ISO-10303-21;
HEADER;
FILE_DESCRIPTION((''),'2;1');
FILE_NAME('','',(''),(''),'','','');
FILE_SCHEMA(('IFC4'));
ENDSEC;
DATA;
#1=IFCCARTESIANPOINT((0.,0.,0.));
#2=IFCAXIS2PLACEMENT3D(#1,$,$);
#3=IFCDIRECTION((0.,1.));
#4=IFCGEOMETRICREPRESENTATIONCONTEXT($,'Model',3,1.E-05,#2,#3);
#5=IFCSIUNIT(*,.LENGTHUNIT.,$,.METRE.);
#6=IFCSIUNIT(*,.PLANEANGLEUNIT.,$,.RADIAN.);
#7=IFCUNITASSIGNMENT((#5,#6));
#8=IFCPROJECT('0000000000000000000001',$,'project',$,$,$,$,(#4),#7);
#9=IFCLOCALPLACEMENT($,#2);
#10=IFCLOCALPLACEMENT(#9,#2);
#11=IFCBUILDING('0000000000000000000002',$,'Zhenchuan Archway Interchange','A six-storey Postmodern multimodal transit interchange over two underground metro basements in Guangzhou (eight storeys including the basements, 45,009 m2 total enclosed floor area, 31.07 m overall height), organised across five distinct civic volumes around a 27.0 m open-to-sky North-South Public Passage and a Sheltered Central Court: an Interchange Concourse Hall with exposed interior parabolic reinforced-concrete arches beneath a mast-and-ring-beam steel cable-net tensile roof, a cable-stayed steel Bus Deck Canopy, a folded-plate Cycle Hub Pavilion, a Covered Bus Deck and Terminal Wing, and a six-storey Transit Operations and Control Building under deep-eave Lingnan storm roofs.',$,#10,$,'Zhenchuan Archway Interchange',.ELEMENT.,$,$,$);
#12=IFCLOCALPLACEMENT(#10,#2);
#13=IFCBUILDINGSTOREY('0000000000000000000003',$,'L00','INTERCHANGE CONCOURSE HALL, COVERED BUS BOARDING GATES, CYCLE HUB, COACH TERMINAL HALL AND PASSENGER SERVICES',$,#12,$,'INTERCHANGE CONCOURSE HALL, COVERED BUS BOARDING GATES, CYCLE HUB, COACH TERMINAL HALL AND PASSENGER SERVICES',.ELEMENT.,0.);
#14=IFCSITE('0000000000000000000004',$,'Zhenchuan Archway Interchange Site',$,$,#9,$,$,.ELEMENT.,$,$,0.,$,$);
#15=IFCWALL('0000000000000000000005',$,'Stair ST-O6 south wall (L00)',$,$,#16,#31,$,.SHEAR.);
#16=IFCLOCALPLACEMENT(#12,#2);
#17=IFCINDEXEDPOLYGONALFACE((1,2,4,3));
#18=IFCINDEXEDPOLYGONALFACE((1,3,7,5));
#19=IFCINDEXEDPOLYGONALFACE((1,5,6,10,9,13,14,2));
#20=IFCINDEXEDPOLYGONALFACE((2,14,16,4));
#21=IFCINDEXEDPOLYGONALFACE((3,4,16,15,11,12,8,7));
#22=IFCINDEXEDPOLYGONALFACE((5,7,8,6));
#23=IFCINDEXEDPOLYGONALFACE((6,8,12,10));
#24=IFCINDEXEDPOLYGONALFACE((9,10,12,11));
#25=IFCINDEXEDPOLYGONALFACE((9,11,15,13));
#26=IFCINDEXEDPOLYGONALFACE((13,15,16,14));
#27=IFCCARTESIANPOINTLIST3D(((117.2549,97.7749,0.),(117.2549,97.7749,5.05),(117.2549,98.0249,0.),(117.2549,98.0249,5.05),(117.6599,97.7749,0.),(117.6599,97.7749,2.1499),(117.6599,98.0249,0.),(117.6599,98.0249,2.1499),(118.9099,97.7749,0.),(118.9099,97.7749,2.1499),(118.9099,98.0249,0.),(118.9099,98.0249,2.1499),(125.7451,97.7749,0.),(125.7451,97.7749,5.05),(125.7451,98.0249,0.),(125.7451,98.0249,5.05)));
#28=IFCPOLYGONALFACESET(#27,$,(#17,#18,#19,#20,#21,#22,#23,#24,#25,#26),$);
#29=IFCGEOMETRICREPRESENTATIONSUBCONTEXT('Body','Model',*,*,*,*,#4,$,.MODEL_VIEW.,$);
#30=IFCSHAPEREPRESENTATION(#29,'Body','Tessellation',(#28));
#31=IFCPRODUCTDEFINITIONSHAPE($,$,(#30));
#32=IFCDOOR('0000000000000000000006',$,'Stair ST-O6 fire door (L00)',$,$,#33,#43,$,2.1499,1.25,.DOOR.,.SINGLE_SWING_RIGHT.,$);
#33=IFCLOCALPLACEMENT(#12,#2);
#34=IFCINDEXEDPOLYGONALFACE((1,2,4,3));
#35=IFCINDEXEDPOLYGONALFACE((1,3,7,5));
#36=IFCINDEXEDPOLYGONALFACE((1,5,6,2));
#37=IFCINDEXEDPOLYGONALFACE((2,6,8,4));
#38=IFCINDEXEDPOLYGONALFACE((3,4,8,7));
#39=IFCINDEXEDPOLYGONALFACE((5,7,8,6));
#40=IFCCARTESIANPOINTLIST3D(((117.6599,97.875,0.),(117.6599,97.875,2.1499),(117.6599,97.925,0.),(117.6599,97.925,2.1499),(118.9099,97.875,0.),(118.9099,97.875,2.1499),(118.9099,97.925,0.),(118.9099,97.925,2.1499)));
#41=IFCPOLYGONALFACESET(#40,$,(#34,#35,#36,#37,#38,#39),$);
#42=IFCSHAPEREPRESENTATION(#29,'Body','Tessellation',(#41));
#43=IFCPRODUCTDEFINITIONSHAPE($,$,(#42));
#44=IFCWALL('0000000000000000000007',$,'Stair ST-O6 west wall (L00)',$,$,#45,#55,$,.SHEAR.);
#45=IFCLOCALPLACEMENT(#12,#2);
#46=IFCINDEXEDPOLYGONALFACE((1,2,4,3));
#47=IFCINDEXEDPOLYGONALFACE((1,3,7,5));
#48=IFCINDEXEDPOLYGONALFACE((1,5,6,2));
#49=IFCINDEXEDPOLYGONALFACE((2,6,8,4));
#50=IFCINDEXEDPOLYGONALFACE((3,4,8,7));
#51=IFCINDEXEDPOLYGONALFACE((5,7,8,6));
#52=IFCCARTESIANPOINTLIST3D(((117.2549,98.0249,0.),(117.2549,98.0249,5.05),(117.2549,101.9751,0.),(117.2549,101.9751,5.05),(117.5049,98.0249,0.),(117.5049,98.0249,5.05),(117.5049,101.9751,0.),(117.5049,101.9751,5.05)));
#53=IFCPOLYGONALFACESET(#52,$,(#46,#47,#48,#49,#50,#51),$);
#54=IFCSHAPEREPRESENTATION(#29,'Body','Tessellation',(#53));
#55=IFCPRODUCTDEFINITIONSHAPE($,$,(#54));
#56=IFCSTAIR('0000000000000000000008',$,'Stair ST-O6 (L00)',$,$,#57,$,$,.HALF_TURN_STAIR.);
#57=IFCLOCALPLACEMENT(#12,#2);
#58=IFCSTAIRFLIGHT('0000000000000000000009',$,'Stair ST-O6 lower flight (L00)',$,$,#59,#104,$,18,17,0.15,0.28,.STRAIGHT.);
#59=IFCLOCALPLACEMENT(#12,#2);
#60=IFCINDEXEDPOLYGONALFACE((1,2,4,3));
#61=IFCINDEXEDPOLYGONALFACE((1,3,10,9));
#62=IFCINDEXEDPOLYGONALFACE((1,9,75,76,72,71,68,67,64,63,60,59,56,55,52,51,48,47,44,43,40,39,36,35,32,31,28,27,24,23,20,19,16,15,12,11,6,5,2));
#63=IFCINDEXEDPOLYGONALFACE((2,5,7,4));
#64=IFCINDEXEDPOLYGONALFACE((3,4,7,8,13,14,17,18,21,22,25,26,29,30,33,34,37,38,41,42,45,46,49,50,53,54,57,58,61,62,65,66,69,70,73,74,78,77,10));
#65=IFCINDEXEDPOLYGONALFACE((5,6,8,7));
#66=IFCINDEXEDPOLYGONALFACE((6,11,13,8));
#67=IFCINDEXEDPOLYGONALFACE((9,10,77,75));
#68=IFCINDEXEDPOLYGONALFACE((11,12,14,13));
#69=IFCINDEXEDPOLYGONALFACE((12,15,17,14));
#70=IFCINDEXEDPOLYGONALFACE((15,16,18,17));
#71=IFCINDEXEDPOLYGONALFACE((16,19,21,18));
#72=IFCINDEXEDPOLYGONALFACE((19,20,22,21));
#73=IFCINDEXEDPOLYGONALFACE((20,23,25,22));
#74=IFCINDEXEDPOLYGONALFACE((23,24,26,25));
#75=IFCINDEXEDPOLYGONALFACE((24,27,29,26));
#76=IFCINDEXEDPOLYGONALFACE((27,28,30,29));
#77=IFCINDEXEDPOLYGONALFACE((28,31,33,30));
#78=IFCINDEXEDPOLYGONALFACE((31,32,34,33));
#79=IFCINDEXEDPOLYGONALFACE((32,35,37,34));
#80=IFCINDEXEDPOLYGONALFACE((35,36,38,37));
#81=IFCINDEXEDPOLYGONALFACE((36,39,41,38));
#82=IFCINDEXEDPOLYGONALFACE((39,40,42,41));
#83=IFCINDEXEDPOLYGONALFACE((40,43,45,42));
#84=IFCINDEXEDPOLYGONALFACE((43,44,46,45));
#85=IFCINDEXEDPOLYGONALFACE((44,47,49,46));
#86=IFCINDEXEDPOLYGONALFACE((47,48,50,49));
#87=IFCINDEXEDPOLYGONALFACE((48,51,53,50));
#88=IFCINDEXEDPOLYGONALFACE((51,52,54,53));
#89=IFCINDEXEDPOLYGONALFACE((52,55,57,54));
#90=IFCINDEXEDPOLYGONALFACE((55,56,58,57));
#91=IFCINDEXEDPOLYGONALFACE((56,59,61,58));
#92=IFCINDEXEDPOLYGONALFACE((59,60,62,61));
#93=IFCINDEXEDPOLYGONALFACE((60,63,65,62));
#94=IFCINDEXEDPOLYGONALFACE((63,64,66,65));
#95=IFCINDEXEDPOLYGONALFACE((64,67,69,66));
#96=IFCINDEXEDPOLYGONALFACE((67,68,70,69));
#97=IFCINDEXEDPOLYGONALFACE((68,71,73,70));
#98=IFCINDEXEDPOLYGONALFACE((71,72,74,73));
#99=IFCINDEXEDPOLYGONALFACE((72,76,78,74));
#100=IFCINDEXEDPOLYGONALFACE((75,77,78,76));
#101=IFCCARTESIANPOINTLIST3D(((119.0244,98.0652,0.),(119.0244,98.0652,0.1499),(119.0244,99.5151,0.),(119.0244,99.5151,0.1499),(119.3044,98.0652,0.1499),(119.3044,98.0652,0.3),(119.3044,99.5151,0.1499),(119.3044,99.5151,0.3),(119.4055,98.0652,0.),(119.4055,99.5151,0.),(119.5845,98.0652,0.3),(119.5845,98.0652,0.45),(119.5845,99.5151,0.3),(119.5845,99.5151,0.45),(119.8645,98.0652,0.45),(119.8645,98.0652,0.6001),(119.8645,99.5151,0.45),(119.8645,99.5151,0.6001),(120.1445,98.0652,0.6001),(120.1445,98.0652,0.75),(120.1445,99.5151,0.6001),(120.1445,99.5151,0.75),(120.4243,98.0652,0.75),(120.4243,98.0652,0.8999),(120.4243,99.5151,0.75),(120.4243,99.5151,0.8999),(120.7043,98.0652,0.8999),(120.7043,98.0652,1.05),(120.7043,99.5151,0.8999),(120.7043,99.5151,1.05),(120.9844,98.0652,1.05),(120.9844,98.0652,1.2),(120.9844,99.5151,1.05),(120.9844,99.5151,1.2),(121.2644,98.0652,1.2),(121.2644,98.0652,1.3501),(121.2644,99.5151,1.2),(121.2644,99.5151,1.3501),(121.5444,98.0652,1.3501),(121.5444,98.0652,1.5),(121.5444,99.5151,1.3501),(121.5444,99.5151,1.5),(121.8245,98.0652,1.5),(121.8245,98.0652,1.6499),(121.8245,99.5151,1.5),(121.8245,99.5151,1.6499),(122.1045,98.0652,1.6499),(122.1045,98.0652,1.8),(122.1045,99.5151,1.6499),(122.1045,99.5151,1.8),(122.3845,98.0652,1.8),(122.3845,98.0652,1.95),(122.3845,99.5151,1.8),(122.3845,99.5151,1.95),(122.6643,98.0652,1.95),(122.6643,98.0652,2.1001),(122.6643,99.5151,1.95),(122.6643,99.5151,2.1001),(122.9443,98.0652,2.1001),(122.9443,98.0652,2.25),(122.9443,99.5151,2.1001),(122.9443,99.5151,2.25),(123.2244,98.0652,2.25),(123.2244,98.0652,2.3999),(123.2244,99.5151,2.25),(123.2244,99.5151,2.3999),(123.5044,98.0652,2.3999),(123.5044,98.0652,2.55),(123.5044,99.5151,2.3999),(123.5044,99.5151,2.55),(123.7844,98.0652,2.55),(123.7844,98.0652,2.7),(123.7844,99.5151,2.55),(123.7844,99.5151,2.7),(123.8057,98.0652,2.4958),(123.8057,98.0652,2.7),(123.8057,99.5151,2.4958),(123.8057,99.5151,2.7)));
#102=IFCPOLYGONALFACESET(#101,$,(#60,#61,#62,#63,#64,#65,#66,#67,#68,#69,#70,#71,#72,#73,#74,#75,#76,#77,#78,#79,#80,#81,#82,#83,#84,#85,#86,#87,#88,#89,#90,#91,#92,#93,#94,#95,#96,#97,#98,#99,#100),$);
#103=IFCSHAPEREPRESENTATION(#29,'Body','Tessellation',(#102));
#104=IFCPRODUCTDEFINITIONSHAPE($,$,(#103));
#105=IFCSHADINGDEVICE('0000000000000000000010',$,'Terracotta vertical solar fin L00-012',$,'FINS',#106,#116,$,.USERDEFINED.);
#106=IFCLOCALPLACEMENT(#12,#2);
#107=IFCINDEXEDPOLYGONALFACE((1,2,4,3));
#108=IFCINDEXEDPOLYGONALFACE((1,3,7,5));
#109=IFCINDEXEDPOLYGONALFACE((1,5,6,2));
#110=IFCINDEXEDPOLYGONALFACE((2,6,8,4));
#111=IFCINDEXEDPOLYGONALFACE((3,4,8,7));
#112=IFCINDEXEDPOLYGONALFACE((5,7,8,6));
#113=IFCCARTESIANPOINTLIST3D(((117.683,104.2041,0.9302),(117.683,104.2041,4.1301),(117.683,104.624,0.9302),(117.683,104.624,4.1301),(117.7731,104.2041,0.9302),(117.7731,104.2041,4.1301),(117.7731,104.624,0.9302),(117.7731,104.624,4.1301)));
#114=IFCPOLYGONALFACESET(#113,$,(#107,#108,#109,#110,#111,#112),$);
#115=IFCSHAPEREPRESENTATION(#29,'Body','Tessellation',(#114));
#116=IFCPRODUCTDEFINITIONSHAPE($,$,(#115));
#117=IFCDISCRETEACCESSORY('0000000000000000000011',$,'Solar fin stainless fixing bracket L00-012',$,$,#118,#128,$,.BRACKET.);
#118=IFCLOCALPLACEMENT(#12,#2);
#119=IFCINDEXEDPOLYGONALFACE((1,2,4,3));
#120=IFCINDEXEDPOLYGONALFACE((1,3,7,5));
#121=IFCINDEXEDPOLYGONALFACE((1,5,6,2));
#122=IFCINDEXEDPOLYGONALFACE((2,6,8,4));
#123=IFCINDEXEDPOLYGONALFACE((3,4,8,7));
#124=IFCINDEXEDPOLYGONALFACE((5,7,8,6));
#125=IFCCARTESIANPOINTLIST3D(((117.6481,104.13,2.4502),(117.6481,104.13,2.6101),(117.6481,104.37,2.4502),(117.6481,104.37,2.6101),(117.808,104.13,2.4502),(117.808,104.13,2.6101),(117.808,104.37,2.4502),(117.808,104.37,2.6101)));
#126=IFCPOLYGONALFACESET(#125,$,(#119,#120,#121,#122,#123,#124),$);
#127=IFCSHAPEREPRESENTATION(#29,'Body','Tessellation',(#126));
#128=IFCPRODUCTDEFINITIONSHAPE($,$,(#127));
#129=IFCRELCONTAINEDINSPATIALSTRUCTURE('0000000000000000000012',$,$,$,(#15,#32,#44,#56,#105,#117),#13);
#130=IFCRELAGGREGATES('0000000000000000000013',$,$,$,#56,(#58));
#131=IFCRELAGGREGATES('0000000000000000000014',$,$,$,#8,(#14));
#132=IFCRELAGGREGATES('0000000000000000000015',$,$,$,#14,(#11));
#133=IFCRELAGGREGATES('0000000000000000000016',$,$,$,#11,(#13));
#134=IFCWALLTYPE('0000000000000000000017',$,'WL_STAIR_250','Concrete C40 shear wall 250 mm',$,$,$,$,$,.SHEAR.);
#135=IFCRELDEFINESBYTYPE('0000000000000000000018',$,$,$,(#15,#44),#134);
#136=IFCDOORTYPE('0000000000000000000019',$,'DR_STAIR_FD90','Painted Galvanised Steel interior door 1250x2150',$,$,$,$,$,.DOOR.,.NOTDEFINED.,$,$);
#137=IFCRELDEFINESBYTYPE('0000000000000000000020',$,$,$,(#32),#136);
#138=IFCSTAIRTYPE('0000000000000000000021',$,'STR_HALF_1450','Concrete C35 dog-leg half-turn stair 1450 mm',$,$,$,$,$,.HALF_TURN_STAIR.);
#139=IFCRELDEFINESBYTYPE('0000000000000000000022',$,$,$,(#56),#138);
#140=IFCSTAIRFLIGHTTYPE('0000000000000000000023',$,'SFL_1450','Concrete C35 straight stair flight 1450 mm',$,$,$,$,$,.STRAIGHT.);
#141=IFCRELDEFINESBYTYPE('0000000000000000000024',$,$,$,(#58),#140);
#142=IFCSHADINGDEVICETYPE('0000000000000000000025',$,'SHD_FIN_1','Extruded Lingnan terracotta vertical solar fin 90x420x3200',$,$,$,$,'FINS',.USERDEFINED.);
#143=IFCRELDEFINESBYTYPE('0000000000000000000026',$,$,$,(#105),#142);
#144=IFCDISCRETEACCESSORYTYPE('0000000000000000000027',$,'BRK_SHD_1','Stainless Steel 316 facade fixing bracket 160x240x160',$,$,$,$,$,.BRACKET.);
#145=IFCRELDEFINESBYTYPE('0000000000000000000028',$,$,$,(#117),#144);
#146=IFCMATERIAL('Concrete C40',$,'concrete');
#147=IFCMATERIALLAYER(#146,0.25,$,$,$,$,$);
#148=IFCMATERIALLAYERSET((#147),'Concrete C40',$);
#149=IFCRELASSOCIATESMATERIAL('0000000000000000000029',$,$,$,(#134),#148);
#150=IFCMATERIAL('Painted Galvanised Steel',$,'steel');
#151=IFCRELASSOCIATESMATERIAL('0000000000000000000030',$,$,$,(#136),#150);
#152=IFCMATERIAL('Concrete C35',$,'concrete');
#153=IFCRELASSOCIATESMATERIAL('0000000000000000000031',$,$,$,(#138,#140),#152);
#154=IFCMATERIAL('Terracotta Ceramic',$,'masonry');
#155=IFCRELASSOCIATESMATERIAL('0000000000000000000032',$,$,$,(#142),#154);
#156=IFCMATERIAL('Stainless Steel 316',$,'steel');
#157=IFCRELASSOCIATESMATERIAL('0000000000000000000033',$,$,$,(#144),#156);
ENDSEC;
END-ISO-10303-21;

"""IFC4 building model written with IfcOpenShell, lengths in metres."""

from ifc_helpers import new_model, si_unit, direction, frame, frame_2d, origin, origin_2d, place, context, subcontext, project, spatial, polyline, rectangle, outline, extrude, material, layer, layer_set, type_object, element, fill, aggregate, save


model = new_model("IFC4")

# Units and contexts
model_context = context("Model", 3, precision=1e-05, world=origin(), true_north=direction((0.0, 1.0)))
body_context = subcontext(model_context, "Body", "Model", "MODEL_VIEW")
ifc_project = project(units=[si_unit("LENGTHUNIT", "METRE"), si_unit("PLANEANGLEUNIT", "RADIAN")], contexts=[model_context])

# Site, building, storey
site_placement = place(None, origin())
site = spatial("IfcSite", under=ifc_project, at=site_placement, Name="Zhenchuan Archway Interchange Site", CompositionType="ELEMENT", RefElevation=0.0)
building_placement = place(site_placement, origin())
building = spatial("IfcBuilding", under=site, at=building_placement, Name="Zhenchuan Archway Interchange", Description="A six-storey Postmodern multimodal transit interchange over two underground metro basements in Guangzhou (eight storeys including the basements, 45,009 m2 total enclosed floor area, 31.07 m overall height), organised across five distinct civic volumes around a 27.0 m open-to-sky North-South Public Passage and a Sheltered Central Court: an Interchange Concourse Hall with exposed interior parabolic reinforced-concrete arches beneath a mast-and-ring-beam steel cable-net tensile roof, a cable-stayed steel Bus Deck Canopy, a folded-plate Cycle Hub Pavilion, a Covered Bus Deck and Terminal Wing, and a six-storey Transit Operations and Control Building under deep-eave Lingnan storm roofs.", LongName="Zhenchuan Archway Interchange", CompositionType="ELEMENT")
storey_placement = place(building_placement, origin())
storey = spatial("IfcBuildingStorey", under=building, at=storey_placement, Name="L00", Description="INTERCHANGE CONCOURSE HALL, COVERED BUS BOARDING GATES, CYCLE HUB, COACH TERMINAL HALL AND PASSENGER SERVICES", LongName="INTERCHANGE CONCOURSE HALL, COVERED BUS BOARDING GATES, CYCLE HUB, COACH TERMINAL HALL AND PASSENGER SERVICES", CompositionType="ELEMENT", Elevation=0.0)

# Shared definitions
ifc_material_1 = material(Name="Concrete C40", Category="concrete")

# Shared definitions
ifc_material_2 = material(Name="Concrete C35", Category="concrete")

# Wall, opening, door
ifc_layer_1 = layer(ifc_material_1, 0.25)
ifc_layer_set_1 = layer_set([ifc_layer_1], Name="Concrete C40")
wall_type_1 = type_object("IfcWallType", Name="WL_STAIR_250", Description="Concrete C40 shear wall 250 mm", PredefinedType="SHEAR", material=ifc_layer_set_1)
wall_1_placement = place(storey_placement, frame((117.2549, 97.8999, 0.0), z_axis=(0.0, 0.0, 1.0), x_axis=(1.0, 0.0, 0.0)))
wall_1 = element("IfcWall", 1, at=wall_1_placement, inside=storey, type_object=wall_type_1, Name="Stair ST-O6 south wall (L00)", PredefinedType="SHEAR", context=body_context, shape_type="SweptSolid", body=[
    extrude(rectangle(XDim=8.4902, YDim=0.25, at=frame_2d((4.2451, 0.0))), origin(), (0.0, 0.0, 1.0), 5.05),
])
opening_1_placement = place(wall_1_placement, frame((0.405, 0.0, 0.0)))
opening_1 = element("IfcOpeningElement", 2, at=opening_1_placement, cuts=wall_1, PredefinedType="OPENING", context=body_context, shape_type="SweptSolid", body=[
    extrude(rectangle(XDim=1.25, YDim=2.1499, at=frame_2d((0.625, 1.075))), frame((0.0, 0.137, 0.0), z_axis=(0.0, -1.0, 0.0), x_axis=(1.0, 0.0, 0.0)), (0.0, 0.0, 1.0), 0.2739),
])
ifc_material_3 = material(Name="Painted Galvanised Steel", Category="steel")
door_type_1 = type_object("IfcDoorType", Name="DR_STAIR_FD90", Description="Painted Galvanised Steel interior door 1250x2150", OperationType="NOTDEFINED", PredefinedType="DOOR", material=ifc_material_3)
door_1_placement = place(opening_1_placement, frame((1.25, 0.0, 0.0), z_axis=(0.0, 0.0, 1.0), x_axis=(-1.0, 0.0, 0.0)))
door_1 = element("IfcDoor", 3, at=door_1_placement, inside=storey, type_object=door_type_1, Name="Stair ST-O6 fire door (L00)", OperationType="SINGLE_SWING_RIGHT", OverallHeight=2.1499, OverallWidth=1.25, PredefinedType="DOOR", context=body_context, shape_type="SweptSolid", body=[
    extrude(rectangle(XDim=1.25, YDim=2.1499, at=frame_2d((0.625, 1.075))), frame((0.0, 0.0249, 0.0), z_axis=(0.0, -1.0, 0.0), x_axis=(1.0, 0.0, 0.0)), (0.0, 0.0, 1.0), 0.05),
])
fill(opening_1, door_1)

# Wall
wall_2_placement = place(storey_placement, frame((117.3799, 101.9751, 0.0), z_axis=(0.0, 0.0, 1.0), x_axis=(0.0, -1.0, 0.0)))
element("IfcWall", 4, at=wall_2_placement, inside=storey, type_object=wall_type_1, Name="Stair ST-O6 west wall (L00)", PredefinedType="SHEAR", context=body_context, shape_type="SweptSolid", body=[
    extrude(rectangle(XDim=3.9502, YDim=0.25, at=frame_2d((1.9751, 0.0))), origin(), (0.0, 0.0, 1.0), 5.05),
])

# Stair, stair flight
stair_type = type_object("IfcStairType", Name="STR_HALF_1450", Description="Concrete C35 dog-leg half-turn stair 1450 mm", PredefinedType="HALF_TURN_STAIR", material=ifc_material_2)
stair_placement = place(storey_placement, origin())
stair = element("IfcStair", 5, at=stair_placement, inside=storey, type_object=stair_type, Name="Stair ST-O6 (L00)", PredefinedType="HALF_TURN_STAIR")
stair_flight_type = type_object("IfcStairFlightType", Name="SFL_1450", Description="Concrete C35 straight stair flight 1450 mm", PredefinedType="STRAIGHT", material=ifc_material_2)
stair_flight_placement = place(storey_placement, frame((119.0244, 98.79, 0.0), z_axis=(0.0, 0.0, 1.0), x_axis=(1.0, 0.0, 0.0)))
stair_flight = element("IfcStairFlight", 6, at=stair_flight_placement, type_object=stair_flight_type, Name="Stair ST-O6 lower flight (L00)", NumberOfRisers=18, NumberOfTreads=17, PredefinedType="STRAIGHT", RiserHeight=0.15, TreadLength=0.28, context=body_context, shape_type="SweptSolid", body=[
    extrude(outline(polyline([(0.0, 0.0), (0.0, 0.1499), (0.28, 0.1499), (0.28, 0.3), (0.5601, 0.3), (0.5601, 0.45), (0.8401, 0.45), (0.8401, 0.6001), (1.1201, 0.6001), (1.1201, 0.75), (1.3999, 0.75), (1.3999, 0.8999), (1.6799, 0.8999), (1.6799, 1.05), (1.96, 1.05), (1.96, 1.2), (2.24, 1.2), (2.24, 1.3501), (2.52, 1.3501), (2.52, 1.5), (2.8, 1.5), (2.8, 1.6499), (3.0801, 1.6499), (3.0801, 1.8), (3.3601, 1.8), (3.3601, 1.95), (3.6399, 1.95), (3.6399, 2.1001), (3.9199, 2.1001), (3.9199, 2.25), (4.2, 2.25), (4.2, 2.3999), (4.48, 2.3999), (4.48, 2.55), (4.76, 2.55), (4.76, 2.7), (4.7812, 2.7), (4.7812, 2.4958), (0.3811, 0.0), (0.0, 0.0)])), frame((0.0, 0.7251, 0.0), z_axis=(0.0, -1.0, 0.0), x_axis=(1.0, 0.0, 0.0)), (0.0, 0.0, 1.0), 1.45),
])
aggregate(stair, [stair_flight])

# Shading device
ifc_material_4 = material(Name="Terracotta Ceramic", Category="masonry")
shading_device_type = type_object("IfcShadingDeviceType", Name="SHD_FIN_1", Description="Extruded Lingnan terracotta vertical solar fin 90x420x3200", ElementType="FINS", PredefinedType="USERDEFINED", material=ifc_material_4)
shading_device_placement = place(storey_placement, frame((117.728, 104.4141, 0.9302), z_axis=(0.0, 0.0, 1.0), x_axis=(1.0, 0.0, 0.0)))
element("IfcShadingDevice", 7, at=shading_device_placement, inside=storey, type_object=shading_device_type, Name="Terracotta vertical solar fin L00-012", ObjectType="FINS", PredefinedType="USERDEFINED", context=body_context, shape_type="SweptSolid", body=[
    extrude(rectangle(XDim=0.0901, YDim=0.4199, at=origin_2d()), origin(), (0.0, 0.0, 1.0), 3.2),
])

# Discrete accessory
ifc_material_5 = material(Name="Stainless Steel 316", Category="steel")
discrete_accessory_type = type_object("IfcDiscreteAccessoryType", Name="BRK_SHD_1", Description="Stainless Steel 316 facade fixing bracket 160x240x160", PredefinedType="BRACKET", material=ifc_material_5)
discrete_accessory_placement = place(storey_placement, frame((117.728, 104.25, 2.4502), z_axis=(0.0, 0.0, 1.0), x_axis=(1.0, 0.0, 0.0)))
element("IfcDiscreteAccessory", 8, at=discrete_accessory_placement, inside=storey, type_object=discrete_accessory_type, Name="Solar fin stainless fixing bracket L00-012", PredefinedType="BRACKET", context=body_context, shape_type="SweptSolid", body=[
    extrude(rectangle(XDim=0.1599, YDim=0.24, at=origin_2d()), origin(), (0.0, 0.0, 1.0), 0.1599),
])

save(model, "model.ifc")
